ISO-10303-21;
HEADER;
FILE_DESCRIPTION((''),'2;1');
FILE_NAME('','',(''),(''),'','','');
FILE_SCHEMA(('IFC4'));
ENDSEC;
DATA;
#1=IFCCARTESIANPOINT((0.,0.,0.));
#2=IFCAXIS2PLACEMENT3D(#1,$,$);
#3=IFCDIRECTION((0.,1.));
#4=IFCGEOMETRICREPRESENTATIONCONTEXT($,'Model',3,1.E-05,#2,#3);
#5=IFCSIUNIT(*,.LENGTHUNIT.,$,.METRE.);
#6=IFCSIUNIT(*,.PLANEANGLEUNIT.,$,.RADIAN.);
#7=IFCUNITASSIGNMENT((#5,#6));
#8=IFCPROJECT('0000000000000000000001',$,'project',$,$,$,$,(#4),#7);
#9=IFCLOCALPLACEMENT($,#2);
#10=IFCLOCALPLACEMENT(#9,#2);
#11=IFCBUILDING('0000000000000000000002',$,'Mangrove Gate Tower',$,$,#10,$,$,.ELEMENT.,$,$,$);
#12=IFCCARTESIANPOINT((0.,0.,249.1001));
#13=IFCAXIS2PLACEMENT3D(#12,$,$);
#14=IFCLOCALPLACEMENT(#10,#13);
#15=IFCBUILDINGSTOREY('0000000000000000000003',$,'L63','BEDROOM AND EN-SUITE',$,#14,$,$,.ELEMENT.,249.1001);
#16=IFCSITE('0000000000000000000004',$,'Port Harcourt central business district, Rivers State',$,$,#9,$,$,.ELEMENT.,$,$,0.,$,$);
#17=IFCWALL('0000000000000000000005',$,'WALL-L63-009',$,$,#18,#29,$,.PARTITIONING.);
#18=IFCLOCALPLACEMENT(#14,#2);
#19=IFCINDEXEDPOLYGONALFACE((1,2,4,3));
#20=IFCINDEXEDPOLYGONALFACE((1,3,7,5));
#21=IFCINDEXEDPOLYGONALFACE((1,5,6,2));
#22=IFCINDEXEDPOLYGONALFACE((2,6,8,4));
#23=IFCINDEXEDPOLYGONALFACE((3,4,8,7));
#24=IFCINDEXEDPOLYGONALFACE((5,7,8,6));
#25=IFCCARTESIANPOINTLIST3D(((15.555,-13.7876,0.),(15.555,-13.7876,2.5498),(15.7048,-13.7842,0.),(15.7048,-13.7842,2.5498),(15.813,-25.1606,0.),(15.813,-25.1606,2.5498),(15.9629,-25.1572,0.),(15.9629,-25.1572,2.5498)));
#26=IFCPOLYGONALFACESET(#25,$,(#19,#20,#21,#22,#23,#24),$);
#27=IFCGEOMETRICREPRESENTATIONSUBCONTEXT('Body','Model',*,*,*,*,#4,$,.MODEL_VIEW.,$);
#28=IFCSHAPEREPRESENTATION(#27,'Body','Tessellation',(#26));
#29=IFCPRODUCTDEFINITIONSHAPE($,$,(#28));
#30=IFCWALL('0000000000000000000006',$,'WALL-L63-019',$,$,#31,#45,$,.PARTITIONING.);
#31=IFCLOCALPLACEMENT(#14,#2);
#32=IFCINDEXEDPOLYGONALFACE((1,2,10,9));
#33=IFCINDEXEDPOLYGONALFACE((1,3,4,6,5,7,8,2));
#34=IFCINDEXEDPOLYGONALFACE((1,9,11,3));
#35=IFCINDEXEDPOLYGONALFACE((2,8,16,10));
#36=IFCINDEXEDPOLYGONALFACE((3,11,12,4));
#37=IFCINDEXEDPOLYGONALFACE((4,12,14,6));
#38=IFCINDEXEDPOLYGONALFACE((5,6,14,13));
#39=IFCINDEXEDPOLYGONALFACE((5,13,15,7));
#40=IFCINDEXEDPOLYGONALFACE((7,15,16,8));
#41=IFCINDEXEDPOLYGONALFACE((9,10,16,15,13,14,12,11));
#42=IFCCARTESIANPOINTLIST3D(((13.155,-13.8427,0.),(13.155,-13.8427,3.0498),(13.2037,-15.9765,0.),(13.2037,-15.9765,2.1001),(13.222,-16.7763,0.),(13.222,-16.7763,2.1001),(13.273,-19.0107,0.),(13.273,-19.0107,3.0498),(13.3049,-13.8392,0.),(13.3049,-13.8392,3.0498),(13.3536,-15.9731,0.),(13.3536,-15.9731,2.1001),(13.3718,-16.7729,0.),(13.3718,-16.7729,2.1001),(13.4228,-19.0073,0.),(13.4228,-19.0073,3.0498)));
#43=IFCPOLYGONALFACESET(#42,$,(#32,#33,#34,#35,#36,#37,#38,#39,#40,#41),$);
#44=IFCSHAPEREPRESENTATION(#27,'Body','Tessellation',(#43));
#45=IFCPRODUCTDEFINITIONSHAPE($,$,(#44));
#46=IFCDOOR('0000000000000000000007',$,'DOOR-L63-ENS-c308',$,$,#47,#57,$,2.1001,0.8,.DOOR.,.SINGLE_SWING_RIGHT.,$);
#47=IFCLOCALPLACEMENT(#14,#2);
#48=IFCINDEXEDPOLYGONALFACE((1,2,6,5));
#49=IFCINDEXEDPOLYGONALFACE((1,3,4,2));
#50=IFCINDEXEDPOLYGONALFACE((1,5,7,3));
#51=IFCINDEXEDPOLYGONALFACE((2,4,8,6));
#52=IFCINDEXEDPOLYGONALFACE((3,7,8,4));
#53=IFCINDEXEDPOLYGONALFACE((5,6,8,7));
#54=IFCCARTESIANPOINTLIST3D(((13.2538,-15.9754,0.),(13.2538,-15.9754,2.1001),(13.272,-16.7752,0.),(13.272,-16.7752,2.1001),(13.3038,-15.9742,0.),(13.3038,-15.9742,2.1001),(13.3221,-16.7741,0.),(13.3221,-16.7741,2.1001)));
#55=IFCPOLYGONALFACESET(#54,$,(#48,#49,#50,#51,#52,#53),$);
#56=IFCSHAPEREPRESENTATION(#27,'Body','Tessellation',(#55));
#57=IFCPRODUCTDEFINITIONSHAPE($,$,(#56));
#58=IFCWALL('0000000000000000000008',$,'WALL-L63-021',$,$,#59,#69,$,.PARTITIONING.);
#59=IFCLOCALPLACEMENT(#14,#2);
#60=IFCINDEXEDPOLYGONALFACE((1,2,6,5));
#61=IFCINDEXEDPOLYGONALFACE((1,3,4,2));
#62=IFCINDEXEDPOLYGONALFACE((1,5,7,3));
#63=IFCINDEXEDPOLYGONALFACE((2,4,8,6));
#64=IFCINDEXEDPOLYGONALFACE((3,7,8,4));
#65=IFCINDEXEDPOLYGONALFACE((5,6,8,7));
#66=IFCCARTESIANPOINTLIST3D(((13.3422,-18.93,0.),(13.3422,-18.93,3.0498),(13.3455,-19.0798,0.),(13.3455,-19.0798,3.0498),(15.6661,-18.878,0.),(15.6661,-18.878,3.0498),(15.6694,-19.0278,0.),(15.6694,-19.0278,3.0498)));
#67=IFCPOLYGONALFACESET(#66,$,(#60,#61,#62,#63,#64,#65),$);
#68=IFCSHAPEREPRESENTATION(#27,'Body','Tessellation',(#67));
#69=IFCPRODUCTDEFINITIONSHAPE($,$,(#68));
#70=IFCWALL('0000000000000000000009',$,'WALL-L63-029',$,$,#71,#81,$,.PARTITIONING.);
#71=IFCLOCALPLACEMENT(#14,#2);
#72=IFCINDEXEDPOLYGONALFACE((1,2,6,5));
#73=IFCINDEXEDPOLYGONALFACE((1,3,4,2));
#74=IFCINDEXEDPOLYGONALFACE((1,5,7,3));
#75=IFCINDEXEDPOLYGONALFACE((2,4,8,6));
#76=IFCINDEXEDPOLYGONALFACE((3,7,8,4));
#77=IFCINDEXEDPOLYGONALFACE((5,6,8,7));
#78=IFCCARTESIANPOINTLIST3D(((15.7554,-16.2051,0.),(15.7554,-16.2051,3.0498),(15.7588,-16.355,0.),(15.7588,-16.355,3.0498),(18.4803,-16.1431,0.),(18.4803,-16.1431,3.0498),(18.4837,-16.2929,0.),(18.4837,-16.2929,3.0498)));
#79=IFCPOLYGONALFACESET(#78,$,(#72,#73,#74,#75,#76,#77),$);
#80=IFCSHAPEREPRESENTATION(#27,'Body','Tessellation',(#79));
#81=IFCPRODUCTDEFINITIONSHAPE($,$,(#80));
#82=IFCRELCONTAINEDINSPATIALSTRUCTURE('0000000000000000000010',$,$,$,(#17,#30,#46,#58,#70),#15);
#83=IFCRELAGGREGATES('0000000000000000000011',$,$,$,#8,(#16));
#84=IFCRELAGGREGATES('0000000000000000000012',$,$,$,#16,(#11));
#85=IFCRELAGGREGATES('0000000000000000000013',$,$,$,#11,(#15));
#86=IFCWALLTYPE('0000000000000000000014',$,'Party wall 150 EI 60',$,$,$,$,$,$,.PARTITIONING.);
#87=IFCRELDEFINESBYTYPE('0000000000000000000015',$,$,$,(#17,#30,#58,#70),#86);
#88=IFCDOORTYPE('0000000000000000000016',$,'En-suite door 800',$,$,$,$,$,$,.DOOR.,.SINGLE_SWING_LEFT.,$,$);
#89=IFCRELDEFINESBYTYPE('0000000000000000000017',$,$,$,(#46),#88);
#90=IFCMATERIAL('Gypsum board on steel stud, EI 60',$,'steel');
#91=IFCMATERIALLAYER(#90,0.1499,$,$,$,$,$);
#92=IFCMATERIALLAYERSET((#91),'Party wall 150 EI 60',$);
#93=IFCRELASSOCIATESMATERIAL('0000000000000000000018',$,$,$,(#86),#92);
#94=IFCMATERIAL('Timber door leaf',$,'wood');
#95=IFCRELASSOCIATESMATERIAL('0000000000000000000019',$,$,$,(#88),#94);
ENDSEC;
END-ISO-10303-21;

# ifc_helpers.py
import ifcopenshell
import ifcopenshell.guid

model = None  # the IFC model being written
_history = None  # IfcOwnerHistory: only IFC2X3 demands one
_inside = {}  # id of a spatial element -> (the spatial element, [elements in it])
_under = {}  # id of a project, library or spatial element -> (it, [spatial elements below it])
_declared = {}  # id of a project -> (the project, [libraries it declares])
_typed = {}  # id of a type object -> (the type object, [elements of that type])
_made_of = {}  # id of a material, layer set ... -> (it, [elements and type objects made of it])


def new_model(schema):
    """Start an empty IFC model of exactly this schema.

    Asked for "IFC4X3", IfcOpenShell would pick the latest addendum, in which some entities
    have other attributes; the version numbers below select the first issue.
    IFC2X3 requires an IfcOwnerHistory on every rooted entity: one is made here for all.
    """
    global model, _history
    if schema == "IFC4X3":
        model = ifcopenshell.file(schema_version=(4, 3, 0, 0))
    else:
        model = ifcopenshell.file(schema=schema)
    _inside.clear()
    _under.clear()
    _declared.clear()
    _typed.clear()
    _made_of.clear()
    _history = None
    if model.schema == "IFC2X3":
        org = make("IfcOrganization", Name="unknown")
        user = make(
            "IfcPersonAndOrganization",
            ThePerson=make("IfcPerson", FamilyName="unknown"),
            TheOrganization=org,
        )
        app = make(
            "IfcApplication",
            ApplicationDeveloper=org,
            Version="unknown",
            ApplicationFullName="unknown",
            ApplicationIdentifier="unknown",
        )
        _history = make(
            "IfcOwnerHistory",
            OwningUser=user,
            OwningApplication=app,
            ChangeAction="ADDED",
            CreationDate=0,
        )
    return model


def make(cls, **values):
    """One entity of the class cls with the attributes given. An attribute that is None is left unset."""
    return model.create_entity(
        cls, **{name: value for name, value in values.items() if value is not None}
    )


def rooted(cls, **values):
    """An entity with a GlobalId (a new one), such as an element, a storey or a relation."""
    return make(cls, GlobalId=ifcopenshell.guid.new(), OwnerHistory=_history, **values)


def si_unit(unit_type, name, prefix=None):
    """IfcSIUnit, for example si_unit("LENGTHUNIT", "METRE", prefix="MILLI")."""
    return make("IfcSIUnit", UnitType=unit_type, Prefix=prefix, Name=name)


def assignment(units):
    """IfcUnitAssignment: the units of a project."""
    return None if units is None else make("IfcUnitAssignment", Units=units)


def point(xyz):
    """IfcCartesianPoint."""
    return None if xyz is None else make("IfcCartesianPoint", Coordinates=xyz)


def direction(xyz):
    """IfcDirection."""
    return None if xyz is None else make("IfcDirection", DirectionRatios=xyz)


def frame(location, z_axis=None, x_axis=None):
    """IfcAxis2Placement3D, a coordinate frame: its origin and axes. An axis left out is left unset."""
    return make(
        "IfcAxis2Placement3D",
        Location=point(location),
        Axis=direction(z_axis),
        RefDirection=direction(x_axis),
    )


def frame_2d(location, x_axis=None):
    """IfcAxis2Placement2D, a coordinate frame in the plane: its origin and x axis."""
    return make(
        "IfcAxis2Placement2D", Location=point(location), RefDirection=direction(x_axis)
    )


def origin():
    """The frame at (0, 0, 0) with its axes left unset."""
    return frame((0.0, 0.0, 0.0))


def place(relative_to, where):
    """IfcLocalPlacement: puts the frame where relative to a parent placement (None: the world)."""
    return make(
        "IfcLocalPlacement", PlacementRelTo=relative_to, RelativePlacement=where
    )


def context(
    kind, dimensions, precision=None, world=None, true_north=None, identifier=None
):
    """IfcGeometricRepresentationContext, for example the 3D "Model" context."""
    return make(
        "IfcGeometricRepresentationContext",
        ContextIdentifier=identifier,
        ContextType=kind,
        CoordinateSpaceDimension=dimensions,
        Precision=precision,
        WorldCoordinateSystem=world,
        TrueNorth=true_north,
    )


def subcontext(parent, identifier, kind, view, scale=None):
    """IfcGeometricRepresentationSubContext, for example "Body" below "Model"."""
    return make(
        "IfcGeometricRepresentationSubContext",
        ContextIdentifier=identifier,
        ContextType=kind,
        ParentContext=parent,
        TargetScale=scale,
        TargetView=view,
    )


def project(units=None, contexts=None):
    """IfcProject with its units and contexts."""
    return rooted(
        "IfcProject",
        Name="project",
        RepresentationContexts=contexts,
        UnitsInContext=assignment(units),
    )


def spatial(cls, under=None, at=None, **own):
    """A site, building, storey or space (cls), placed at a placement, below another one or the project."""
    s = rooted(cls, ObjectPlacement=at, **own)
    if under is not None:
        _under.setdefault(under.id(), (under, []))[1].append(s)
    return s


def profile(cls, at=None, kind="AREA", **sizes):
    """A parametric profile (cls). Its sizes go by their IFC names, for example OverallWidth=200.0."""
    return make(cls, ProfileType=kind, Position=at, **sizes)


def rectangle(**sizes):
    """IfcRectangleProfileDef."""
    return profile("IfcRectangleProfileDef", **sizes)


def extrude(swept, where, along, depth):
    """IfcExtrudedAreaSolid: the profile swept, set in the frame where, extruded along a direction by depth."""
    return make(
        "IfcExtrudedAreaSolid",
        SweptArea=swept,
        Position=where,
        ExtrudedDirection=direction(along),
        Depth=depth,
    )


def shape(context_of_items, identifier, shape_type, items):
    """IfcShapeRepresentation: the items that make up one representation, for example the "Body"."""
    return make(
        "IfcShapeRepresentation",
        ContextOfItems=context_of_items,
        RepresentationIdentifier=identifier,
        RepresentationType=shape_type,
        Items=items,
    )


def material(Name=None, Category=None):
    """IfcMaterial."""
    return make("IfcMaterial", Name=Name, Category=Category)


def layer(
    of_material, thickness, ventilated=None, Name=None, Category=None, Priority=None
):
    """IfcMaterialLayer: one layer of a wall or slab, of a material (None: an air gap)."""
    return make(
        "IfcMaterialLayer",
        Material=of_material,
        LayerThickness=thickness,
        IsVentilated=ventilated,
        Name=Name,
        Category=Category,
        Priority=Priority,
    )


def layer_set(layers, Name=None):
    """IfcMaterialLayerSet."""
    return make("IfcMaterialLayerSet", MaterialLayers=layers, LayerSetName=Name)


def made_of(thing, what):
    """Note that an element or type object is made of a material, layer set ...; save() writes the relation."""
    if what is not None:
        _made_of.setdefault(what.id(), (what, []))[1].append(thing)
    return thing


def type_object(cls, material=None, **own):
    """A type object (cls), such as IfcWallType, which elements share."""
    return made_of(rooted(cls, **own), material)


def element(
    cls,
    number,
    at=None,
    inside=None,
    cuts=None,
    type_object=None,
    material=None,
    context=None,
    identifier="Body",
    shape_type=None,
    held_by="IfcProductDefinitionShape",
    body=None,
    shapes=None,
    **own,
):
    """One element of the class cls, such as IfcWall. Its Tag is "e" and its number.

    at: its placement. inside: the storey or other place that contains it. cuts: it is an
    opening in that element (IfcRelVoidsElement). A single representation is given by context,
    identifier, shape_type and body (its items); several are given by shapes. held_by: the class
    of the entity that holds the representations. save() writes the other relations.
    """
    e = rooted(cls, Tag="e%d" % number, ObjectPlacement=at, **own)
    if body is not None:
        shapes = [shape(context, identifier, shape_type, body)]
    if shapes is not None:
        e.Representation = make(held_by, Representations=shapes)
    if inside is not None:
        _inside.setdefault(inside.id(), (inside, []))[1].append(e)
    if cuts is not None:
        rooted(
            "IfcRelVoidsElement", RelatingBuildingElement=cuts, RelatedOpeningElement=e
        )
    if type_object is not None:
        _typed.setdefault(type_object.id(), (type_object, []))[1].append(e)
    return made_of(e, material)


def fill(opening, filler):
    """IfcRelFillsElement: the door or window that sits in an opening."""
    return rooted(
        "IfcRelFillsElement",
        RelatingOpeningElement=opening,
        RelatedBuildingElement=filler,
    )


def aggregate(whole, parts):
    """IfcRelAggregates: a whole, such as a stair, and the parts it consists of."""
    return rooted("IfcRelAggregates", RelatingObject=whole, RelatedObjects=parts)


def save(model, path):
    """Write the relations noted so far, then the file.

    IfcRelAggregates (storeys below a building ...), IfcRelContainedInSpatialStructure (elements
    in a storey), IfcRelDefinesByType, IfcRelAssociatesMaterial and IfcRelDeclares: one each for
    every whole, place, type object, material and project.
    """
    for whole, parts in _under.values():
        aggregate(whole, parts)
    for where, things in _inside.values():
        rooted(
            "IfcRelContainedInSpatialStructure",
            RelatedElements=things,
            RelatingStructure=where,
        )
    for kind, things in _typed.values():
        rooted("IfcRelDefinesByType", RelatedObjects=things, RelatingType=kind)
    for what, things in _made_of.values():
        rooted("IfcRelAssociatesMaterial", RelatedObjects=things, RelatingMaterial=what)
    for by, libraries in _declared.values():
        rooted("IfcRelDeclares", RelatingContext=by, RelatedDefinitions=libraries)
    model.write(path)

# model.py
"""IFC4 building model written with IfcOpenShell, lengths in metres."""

from ifc_helpers import new_model, si_unit, direction, frame, frame_2d, origin, place, context, subcontext, project, spatial, rectangle, extrude, material, layer, layer_set, type_object, element, fill, save


model = new_model("IFC4")

# Units and contexts
model_context = context("Model", 3, precision=1e-05, world=origin(), true_north=direction((0.0, 1.0)))
body_context = subcontext(model_context, "Body", "Model", "MODEL_VIEW")
ifc_project = project(units=[si_unit("LENGTHUNIT", "METRE"), si_unit("PLANEANGLEUNIT", "RADIAN")], contexts=[model_context])

# Site, building, storey
site_placement = place(None, origin())
site = spatial("IfcSite", under=ifc_project, at=site_placement, Name="Port Harcourt central business district, Rivers State", CompositionType="ELEMENT", RefElevation=0.0)
building_placement = place(site_placement, origin())
building = spatial("IfcBuilding", under=site, at=building_placement, Name="Mangrove Gate Tower", CompositionType="ELEMENT")
storey_placement = place(building_placement, frame((0.0, 0.0, 249.1001)))
storey = spatial("IfcBuildingStorey", under=building, at=storey_placement, Name="L63", Description="BEDROOM AND EN-SUITE", CompositionType="ELEMENT", Elevation=249.1001)

# Wall
ifc_material_1 = material(Name="Gypsum board on steel stud, EI 60", Category="steel")
ifc_layer_1 = layer(ifc_material_1, 0.1499)
ifc_layer_set_1 = layer_set([ifc_layer_1], Name="Party wall 150 EI 60")
wall_type_1 = type_object("IfcWallType", Name="Party wall 150 EI 60", PredefinedType="PARTITIONING", material=ifc_layer_set_1)
wall_1_placement = place(storey_placement, frame((15.8879, -25.1589, 0.0), z_axis=(0.0, 0.0, 1.0), x_axis=(-0.022684, 0.999743, 0.0)))
element("IfcWall", 1, at=wall_1_placement, inside=storey, type_object=wall_type_1, Name="WALL-L63-009", PredefinedType="PARTITIONING", context=body_context, shape_type="SweptSolid", body=[
    extrude(rectangle(XDim=11.376, YDim=0.1499, at=frame_2d((5.688, 0.0))), origin(), (0.0, 0.0, 1.0), 2.5498),
])

# Wall, opening, door
wall_2_placement = place(storey_placement, frame((13.3479, -19.009, 0.0), z_axis=(0.0, 0.0, 1.0), x_axis=(-0.022812, 0.99974, 0.0)))
wall_2 = element("IfcWall", 2, at=wall_2_placement, inside=storey, type_object=wall_type_1, Name="WALL-L63-019", PredefinedType="PARTITIONING", context=body_context, shape_type="SweptSolid", body=[
    extrude(rectangle(XDim=5.1694, YDim=0.1499, at=frame_2d((2.5847, 0.0))), origin(), (0.0, 0.0, 1.0), 3.0498),
])
opening_1_placement = place(wall_2_placement, frame((2.2351, 0.0, 0.0)))
opening_1 = element("IfcOpeningElement", 3, at=opening_1_placement, cuts=wall_2, PredefinedType="OPENING", context=body_context, shape_type="SweptSolid", body=[
    extrude(rectangle(XDim=0.8, YDim=2.1001, at=frame_2d((0.3999, 1.05))), frame((0.0, 0.085, 0.0), z_axis=(0.0, -1.0, 0.0), x_axis=(1.0, 0.0, 0.0)), (0.0, 0.0, 1.0), 0.1699),
])
ifc_material_2 = material(Name="Timber door leaf", Category="wood")
door_type_1 = type_object("IfcDoorType", Name="En-suite door 800", OperationType="SINGLE_SWING_LEFT", PredefinedType="DOOR", material=ifc_material_2)
door_1_placement = place(opening_1_placement, origin())
door_1 = element("IfcDoor", 4, at=door_1_placement, inside=storey, type_object=door_type_1, Name="DOOR-L63-ENS-c308", OperationType="SINGLE_SWING_RIGHT", OverallHeight=2.1001, OverallWidth=0.8, PredefinedType="DOOR", context=body_context, shape_type="SweptSolid", body=[
    extrude(rectangle(XDim=0.8, YDim=2.1001, at=frame_2d((0.3999, 1.05))), frame((0.0, 0.0249, 0.0), z_axis=(0.0, -1.0, 0.0), x_axis=(1.0, 0.0, 0.0)), (0.0, 0.0, 1.0), 0.05),
])
fill(opening_1, door_1)

# Walls
wall_3_placement = place(storey_placement, frame((13.344, -19.0049, 0.0), z_axis=(0.0, 0.0, 1.0), x_axis=(0.99975, 0.022371, 0.0)))
element("IfcWall", 5, at=wall_3_placement, inside=storey, type_object=wall_type_1, Name="WALL-L63-021", PredefinedType="PARTITIONING", context=body_context, shape_type="SweptSolid", body=[
    extrude(rectangle(XDim=2.3245, YDim=0.1499, at=frame_2d((1.1621, 0.0))), origin(), (0.0, 0.0, 1.0), 3.0498),
])
wall_4_placement = place(storey_placement, frame((15.7571, -16.28, 0.0), z_axis=(0.0, 0.0, 1.0), x_axis=(0.999741, 0.022752, 0.0)))
element("IfcWall", 6, at=wall_4_placement, inside=storey, type_object=wall_type_1, Name="WALL-L63-029", PredefinedType="PARTITIONING", context=body_context, shape_type="SweptSolid", body=[
    extrude(rectangle(XDim=2.7256, YDim=0.1499, at=frame_2d((1.3628, 0.0))), origin(), (0.0, 0.0, 1.0), 3.0498),
])

save(model, "model.ifc")
